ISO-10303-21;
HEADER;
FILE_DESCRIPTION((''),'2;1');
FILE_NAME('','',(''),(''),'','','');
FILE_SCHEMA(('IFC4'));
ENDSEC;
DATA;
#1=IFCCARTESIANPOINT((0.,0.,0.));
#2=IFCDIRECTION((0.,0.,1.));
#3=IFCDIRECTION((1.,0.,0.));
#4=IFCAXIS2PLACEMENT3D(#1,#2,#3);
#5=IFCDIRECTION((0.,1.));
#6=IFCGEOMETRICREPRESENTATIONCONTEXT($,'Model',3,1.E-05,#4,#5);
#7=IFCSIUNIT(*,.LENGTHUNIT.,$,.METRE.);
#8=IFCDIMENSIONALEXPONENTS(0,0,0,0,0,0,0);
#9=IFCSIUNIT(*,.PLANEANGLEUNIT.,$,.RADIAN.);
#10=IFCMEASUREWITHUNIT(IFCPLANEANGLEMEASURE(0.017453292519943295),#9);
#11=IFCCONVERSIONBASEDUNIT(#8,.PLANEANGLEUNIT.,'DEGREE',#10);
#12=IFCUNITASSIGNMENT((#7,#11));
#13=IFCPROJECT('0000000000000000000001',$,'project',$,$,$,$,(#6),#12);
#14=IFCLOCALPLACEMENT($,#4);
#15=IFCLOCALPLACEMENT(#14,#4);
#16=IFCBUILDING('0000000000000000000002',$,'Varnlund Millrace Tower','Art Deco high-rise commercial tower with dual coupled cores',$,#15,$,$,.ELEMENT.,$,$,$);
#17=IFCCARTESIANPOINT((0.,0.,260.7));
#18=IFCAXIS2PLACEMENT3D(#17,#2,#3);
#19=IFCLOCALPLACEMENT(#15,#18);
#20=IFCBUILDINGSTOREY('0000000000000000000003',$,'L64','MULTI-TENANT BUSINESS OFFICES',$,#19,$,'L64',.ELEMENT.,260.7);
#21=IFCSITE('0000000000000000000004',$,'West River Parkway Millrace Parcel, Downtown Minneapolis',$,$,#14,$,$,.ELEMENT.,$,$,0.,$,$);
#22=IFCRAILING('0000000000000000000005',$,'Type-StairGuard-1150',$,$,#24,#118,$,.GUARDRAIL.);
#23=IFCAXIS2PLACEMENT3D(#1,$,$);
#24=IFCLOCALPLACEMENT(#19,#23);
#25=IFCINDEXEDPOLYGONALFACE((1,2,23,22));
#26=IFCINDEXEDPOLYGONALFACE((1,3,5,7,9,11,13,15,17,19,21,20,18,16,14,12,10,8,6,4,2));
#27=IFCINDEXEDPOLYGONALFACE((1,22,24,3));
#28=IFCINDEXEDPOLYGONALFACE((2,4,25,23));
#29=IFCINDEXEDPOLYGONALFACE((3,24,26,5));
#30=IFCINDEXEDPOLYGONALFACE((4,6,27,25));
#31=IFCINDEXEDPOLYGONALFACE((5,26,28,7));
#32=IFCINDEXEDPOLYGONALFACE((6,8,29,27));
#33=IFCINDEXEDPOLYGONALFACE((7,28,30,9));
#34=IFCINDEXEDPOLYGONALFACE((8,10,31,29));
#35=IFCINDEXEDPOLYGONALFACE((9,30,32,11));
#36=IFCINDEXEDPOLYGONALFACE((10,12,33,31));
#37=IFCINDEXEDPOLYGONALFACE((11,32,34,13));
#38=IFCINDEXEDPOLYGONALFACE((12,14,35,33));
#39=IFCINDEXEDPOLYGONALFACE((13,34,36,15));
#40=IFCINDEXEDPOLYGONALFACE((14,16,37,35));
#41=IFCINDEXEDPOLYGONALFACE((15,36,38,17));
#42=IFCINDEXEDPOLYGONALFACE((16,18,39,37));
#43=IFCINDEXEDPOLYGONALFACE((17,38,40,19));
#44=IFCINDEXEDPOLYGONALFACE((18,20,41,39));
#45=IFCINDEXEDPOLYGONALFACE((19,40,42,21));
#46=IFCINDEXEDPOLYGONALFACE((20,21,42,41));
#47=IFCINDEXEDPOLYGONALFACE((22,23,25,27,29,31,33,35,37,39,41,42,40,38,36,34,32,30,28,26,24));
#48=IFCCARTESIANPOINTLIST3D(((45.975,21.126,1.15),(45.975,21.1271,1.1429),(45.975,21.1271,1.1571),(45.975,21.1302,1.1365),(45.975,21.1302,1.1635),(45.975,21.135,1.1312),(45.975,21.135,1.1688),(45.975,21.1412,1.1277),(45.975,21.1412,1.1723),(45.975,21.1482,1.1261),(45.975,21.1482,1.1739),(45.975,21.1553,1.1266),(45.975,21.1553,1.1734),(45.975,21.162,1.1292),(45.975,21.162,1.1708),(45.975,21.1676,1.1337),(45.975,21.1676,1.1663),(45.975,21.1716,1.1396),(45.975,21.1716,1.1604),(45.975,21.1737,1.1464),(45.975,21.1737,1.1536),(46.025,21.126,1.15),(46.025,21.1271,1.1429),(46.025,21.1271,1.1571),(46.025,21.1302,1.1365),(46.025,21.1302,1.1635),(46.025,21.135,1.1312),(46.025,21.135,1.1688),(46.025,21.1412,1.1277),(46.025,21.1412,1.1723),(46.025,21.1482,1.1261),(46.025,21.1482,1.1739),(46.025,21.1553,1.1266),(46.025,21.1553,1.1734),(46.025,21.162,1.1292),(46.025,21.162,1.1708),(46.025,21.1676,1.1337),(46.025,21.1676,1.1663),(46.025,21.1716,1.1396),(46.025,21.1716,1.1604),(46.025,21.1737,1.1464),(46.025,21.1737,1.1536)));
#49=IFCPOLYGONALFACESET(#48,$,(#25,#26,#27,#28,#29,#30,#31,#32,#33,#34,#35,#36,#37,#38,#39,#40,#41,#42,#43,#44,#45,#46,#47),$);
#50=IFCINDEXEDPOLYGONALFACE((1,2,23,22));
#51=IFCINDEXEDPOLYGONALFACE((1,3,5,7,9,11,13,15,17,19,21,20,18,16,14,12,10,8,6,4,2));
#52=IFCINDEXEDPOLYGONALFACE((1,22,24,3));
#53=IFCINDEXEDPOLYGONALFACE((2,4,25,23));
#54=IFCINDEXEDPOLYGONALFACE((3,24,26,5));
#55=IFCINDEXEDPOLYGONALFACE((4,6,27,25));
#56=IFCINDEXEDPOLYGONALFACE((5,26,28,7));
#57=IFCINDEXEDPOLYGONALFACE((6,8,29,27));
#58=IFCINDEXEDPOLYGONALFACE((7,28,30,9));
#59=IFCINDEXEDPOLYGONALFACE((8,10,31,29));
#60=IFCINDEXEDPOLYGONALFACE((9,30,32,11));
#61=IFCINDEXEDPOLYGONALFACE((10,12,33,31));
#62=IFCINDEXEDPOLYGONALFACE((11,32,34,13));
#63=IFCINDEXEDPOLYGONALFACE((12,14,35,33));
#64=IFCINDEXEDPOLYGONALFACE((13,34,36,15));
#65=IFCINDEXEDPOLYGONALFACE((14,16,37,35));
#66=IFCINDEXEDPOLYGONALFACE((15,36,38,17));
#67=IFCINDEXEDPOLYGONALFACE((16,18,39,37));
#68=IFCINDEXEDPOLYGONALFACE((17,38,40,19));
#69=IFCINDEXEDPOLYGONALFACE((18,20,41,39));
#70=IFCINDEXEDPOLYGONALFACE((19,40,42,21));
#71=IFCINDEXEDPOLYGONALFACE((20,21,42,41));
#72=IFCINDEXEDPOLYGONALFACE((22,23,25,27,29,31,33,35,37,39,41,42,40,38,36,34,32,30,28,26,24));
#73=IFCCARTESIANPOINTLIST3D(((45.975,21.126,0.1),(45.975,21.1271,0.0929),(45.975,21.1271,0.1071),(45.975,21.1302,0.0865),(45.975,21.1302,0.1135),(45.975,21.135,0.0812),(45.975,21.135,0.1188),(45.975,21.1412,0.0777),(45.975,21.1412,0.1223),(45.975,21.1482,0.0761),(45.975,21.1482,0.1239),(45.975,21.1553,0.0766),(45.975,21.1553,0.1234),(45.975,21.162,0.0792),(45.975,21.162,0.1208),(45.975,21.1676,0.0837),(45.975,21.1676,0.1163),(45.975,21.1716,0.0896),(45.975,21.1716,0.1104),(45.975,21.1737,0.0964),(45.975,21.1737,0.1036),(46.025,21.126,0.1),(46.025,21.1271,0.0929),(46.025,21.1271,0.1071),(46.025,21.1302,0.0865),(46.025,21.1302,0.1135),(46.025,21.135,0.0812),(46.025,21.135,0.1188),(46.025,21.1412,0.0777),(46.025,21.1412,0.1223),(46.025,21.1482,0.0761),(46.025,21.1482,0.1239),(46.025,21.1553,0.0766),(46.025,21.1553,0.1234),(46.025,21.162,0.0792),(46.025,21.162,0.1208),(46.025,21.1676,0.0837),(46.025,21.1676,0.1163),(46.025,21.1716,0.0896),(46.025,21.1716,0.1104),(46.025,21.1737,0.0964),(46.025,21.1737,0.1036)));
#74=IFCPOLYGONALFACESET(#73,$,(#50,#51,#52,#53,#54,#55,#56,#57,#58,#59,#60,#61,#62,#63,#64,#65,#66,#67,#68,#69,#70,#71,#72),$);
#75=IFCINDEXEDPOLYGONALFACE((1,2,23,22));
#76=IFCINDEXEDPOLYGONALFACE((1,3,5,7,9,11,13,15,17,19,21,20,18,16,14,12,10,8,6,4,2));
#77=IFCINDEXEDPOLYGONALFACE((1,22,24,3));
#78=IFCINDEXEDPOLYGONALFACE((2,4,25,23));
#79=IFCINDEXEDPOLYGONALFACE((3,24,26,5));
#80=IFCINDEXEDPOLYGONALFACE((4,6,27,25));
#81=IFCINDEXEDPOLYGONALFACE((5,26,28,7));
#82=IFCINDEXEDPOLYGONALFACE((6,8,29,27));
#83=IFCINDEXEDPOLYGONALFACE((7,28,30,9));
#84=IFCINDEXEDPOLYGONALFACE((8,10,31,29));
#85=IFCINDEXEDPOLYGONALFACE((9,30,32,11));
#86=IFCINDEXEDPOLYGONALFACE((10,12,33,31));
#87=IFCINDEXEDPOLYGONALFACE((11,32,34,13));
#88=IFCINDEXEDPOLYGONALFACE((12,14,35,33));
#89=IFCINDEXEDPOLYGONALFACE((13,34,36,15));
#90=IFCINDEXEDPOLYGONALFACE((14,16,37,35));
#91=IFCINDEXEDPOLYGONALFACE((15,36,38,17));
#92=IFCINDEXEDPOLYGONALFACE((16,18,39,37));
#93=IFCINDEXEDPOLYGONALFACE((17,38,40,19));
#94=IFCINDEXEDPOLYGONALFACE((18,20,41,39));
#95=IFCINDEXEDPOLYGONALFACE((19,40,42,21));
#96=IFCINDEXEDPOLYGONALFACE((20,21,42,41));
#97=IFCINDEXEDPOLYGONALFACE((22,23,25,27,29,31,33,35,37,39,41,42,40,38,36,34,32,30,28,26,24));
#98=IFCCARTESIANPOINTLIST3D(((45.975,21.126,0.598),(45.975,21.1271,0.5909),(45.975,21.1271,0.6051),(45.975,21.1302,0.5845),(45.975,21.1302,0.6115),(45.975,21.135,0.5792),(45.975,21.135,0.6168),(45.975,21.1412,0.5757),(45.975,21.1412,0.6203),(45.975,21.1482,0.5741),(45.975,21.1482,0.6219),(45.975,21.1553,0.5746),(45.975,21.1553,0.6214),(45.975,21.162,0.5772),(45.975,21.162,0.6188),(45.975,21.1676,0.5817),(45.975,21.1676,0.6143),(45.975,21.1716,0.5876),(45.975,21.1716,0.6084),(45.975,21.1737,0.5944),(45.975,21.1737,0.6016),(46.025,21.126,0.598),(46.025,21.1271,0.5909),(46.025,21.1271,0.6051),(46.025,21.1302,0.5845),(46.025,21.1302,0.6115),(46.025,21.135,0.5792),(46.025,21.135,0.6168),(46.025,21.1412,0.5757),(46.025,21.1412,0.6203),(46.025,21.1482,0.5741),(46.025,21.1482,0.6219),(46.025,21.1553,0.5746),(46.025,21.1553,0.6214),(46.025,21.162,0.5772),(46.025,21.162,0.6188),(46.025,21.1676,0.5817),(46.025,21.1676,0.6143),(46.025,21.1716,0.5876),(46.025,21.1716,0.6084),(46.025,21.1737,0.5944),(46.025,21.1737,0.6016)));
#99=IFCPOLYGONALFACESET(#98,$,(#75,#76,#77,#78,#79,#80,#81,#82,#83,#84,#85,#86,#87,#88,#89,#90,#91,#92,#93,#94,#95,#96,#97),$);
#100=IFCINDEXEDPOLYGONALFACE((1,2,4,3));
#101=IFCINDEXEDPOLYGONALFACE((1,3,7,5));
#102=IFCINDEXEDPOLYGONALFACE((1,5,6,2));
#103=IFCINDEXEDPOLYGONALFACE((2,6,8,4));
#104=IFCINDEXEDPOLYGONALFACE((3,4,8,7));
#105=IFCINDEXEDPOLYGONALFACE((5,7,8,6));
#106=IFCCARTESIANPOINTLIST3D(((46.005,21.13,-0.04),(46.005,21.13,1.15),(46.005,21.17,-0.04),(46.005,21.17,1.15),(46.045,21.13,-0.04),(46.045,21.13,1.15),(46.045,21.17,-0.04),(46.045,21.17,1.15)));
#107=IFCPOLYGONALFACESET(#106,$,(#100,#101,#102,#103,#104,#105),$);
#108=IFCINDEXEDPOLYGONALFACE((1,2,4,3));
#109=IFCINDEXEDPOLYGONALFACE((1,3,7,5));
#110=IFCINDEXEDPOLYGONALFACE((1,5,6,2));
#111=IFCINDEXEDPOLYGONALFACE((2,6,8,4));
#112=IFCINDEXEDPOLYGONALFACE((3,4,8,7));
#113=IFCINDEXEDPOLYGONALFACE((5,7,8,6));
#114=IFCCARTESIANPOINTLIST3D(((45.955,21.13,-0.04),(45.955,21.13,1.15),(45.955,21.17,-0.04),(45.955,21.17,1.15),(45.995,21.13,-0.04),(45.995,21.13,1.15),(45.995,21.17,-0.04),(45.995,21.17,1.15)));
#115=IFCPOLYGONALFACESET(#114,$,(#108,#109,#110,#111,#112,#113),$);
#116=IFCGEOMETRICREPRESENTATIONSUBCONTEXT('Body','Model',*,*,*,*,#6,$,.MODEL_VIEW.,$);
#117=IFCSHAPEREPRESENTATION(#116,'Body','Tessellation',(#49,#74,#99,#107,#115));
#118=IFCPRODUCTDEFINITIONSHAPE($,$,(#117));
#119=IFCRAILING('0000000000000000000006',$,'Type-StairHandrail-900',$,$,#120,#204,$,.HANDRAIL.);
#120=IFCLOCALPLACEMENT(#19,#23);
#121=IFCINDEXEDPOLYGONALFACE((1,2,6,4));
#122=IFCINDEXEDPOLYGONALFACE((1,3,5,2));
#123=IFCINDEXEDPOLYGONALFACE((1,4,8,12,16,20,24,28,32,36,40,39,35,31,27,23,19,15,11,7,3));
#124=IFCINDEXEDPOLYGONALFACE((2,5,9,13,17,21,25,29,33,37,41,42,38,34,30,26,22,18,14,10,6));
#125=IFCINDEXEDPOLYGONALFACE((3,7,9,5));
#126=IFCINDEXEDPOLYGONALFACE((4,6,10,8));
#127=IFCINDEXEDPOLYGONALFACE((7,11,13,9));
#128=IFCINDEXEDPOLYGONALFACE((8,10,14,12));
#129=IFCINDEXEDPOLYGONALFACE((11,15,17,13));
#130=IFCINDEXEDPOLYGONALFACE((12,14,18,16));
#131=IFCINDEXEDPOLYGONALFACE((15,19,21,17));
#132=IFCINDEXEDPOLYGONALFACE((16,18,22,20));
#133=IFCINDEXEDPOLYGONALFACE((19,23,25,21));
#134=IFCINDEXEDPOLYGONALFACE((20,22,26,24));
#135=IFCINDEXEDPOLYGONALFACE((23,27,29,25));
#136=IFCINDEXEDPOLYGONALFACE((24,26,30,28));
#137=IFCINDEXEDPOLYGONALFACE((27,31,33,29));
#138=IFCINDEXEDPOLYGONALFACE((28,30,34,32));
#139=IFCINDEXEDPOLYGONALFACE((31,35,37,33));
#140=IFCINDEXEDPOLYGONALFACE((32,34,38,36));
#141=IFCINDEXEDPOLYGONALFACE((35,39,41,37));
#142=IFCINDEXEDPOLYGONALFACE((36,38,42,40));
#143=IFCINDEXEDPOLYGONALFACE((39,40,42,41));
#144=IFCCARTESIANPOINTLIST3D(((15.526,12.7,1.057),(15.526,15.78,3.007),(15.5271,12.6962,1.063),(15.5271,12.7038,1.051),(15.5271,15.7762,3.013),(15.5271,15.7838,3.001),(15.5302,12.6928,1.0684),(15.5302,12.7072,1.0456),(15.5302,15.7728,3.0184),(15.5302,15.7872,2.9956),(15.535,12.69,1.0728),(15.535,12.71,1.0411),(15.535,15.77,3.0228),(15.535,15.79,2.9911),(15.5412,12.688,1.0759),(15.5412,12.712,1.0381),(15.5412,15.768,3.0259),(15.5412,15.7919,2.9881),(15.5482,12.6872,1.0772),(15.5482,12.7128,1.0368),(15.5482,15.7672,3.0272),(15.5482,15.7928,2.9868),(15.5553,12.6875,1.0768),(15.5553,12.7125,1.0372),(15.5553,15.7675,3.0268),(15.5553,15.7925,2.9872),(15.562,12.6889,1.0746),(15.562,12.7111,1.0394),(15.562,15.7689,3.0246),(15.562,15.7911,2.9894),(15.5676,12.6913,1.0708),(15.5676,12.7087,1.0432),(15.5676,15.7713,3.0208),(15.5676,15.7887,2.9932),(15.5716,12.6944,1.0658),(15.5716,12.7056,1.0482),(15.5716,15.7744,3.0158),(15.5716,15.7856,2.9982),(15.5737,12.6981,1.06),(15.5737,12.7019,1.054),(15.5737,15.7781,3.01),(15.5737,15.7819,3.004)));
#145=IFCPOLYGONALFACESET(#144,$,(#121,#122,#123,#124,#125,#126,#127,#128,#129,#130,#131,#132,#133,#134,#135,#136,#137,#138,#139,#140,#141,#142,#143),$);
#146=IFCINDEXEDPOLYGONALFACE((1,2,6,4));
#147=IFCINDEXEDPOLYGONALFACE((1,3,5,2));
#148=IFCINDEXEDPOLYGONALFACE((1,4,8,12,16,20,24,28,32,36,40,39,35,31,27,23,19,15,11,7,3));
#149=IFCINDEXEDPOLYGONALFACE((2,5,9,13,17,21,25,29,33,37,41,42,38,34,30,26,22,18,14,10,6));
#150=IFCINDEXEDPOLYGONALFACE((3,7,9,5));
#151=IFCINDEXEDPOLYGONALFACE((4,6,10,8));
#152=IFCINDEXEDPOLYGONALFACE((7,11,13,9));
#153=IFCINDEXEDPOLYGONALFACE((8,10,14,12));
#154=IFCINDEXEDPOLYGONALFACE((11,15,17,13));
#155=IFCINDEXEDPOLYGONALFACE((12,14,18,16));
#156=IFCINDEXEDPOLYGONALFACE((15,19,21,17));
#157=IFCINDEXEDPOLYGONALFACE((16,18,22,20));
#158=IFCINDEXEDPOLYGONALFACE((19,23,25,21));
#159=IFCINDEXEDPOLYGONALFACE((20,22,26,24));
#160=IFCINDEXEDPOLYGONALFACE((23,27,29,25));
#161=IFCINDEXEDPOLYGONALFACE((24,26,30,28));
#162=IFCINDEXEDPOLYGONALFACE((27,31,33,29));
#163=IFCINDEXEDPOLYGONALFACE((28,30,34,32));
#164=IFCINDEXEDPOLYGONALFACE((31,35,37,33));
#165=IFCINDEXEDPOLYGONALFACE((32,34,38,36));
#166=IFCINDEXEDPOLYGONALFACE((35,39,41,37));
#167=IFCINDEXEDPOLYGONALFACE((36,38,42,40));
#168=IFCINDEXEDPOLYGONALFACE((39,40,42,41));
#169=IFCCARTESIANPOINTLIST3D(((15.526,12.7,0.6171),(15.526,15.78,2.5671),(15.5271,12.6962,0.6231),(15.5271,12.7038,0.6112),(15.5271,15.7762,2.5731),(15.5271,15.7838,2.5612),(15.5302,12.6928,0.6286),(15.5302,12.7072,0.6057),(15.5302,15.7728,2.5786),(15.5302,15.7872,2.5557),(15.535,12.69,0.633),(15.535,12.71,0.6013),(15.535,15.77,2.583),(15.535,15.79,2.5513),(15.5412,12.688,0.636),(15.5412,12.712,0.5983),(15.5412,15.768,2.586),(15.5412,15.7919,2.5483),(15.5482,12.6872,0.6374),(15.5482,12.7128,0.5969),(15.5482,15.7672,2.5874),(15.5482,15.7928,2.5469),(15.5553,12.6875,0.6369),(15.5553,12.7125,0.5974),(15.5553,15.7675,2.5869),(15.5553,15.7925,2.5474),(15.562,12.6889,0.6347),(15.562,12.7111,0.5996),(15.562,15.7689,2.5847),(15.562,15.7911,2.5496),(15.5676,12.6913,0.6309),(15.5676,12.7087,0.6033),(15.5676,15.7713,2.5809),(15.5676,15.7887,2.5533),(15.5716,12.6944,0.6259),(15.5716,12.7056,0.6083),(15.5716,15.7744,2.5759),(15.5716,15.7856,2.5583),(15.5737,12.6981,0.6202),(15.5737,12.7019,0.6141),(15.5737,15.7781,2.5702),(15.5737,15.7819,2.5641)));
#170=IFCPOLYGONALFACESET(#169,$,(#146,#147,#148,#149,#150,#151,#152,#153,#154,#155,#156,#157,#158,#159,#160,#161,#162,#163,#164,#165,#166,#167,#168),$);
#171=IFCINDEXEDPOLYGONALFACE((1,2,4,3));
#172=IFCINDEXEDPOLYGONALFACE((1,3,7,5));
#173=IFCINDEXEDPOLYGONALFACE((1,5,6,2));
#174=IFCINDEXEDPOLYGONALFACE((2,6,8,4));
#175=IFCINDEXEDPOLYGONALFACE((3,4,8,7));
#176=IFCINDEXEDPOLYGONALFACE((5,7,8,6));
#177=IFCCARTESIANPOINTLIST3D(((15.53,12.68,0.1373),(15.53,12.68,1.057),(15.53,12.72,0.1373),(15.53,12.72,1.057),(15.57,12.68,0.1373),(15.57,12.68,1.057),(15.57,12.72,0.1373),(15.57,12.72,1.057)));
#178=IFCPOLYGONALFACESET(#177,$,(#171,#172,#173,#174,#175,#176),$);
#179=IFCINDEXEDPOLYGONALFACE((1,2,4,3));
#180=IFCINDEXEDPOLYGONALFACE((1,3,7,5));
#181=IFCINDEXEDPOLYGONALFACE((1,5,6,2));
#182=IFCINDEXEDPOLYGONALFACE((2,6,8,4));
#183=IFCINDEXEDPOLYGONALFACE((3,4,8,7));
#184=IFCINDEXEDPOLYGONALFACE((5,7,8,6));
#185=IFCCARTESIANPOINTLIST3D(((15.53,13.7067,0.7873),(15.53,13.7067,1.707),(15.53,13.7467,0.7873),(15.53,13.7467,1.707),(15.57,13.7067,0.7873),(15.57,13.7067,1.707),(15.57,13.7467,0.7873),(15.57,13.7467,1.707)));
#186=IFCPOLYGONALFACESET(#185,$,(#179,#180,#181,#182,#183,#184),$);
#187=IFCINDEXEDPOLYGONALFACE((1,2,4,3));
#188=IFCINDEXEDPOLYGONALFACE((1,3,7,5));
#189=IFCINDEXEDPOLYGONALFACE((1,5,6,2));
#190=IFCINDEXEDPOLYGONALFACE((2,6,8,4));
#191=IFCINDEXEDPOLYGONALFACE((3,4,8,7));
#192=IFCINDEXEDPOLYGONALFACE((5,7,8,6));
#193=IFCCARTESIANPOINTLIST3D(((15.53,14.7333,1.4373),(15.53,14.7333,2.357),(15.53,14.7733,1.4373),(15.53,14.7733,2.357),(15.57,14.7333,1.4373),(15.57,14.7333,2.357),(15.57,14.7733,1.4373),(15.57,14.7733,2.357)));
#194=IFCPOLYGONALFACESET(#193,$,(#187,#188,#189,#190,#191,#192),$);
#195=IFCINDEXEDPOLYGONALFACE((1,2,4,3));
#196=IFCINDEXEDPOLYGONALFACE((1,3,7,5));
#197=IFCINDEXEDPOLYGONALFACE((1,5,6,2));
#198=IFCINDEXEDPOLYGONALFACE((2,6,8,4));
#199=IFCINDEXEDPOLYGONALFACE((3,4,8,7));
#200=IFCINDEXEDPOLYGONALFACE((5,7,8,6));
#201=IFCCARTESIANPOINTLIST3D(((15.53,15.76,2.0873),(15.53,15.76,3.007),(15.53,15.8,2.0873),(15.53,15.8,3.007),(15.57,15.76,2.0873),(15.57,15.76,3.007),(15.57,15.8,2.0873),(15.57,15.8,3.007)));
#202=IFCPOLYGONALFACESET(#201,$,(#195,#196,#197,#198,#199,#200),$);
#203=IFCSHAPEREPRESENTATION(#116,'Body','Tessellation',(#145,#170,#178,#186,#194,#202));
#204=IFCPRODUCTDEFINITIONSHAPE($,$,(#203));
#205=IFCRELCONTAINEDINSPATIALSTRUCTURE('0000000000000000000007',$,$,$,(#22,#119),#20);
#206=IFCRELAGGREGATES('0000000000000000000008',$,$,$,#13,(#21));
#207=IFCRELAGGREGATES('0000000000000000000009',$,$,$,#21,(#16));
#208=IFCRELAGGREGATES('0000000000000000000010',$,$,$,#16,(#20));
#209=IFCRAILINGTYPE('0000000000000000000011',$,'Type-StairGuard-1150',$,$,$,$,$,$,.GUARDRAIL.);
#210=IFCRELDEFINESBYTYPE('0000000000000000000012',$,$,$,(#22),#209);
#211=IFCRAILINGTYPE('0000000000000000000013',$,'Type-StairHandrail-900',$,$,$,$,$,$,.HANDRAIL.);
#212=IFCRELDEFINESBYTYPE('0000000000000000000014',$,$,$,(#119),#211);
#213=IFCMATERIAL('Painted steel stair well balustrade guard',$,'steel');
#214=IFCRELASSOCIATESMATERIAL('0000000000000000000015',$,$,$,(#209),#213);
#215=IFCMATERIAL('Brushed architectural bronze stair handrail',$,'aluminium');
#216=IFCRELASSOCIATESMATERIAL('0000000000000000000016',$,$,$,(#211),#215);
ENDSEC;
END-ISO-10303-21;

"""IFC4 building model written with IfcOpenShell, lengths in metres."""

from ifc_helpers import new_model, entity, si_unit, converted_unit, direction, frame, origin_with_axes, origin_2d_with_axis, place, context, subcontext, project, spatial, rectangle, circle, extrude, material, type_object, element, save


model = new_model("IFC4")

# Units and contexts
model_context = context("Model", 3, precision=1e-05, world=origin_with_axes(), true_north=direction((0.0, 1.0)))
body_context = subcontext(model_context, "Body", "Model", "MODEL_VIEW")
ifc_project = project(units=[si_unit("LENGTHUNIT", "METRE"), converted_unit("PLANEANGLEUNIT", "DEGREE", entity("IfcPlaneAngleMeasure", 0.017453292519943295), si_unit("PLANEANGLEUNIT", "RADIAN"), dimensions=[0, 0, 0, 0, 0, 0, 0])], contexts=[model_context])

# Site, building, storey
site_placement = place(None, origin_with_axes())
site = spatial("IfcSite", under=ifc_project, at=site_placement, Name="West River Parkway Millrace Parcel, Downtown Minneapolis", CompositionType="ELEMENT", RefElevation=0.0)
building_placement = place(site_placement, origin_with_axes())
building = spatial("IfcBuilding", under=site, at=building_placement, Name="Varnlund Millrace Tower", Description="Art Deco high-rise commercial tower with dual coupled cores", CompositionType="ELEMENT")
storey_placement = place(building_placement, frame((0.0, 0.0, 260.7), z_axis=(0.0, 0.0, 1.0), x_axis=(1.0, 0.0, 0.0)))
storey = spatial("IfcBuildingStorey", under=building, at=storey_placement, Name="L64", Description="MULTI-TENANT BUSINESS OFFICES", LongName="L64", CompositionType="ELEMENT", Elevation=260.7)

# Railings
ifc_material_1 = material(Name="Painted steel stair well balustrade guard", Category="steel")
railing_type_1 = type_object("IfcRailingType", Name="Type-StairGuard-1150", PredefinedType="GUARDRAIL", material=ifc_material_1)
railing_1_placement = place(storey_placement, frame((0.0, 0.0, -260.7), z_axis=(0.0, 0.0, 1.0), x_axis=(1.0, 0.0, 0.0)))
element("IfcRailing", 1, at=railing_1_placement, inside=storey, type_object=railing_type_1, Name="Type-StairGuard-1150", PredefinedType="GUARDRAIL", context=body_context, shape_type="SweptSolid", body=[
    extrude(circle(Radius=0.024, at=origin_2d_with_axis()), frame((46.025, 21.15, 261.85), z_axis=(-1.0, 0.0, 0.0), x_axis=(0.0, -1.0, 0.0)), (0.0, 0.0, 1.0), 0.05),
    extrude(circle(Radius=0.024, at=origin_2d_with_axis()), frame((46.025, 21.15, 260.8), z_axis=(-1.0, 0.0, 0.0), x_axis=(0.0, -1.0, 0.0)), (0.0, 0.0, 1.0), 0.05),
    extrude(circle(Radius=0.024, at=origin_2d_with_axis()), frame((46.025, 21.15, 261.298), z_axis=(-1.0, 0.0, 0.0), x_axis=(0.0, -1.0, 0.0)), (0.0, 0.0, 1.0), 0.05),
    extrude(rectangle(XDim=0.04, YDim=0.04, at=origin_2d_with_axis()), frame((46.025, 21.15, 260.66), z_axis=(0.0, 0.0, 1.0), x_axis=(1.0, 0.0, 0.0)), (0.0, 0.0, 1.0), 1.19),
    extrude(rectangle(XDim=0.04, YDim=0.04, at=origin_2d_with_axis()), frame((45.975, 21.15, 260.66), z_axis=(0.0, 0.0, 1.0), x_axis=(1.0, 0.0, 0.0)), (0.0, 0.0, 1.0), 1.19),
])
ifc_material_2 = material(Name="Brushed architectural bronze stair handrail", Category="aluminium")
railing_type_2 = type_object("IfcRailingType", Name="Type-StairHandrail-900", PredefinedType="HANDRAIL", material=ifc_material_2)
railing_2_placement = place(storey_placement, frame((0.0, 0.0, -260.7), z_axis=(0.0, 0.0, 1.0), x_axis=(1.0, 0.0, 0.0)))
element("IfcRailing", 2, at=railing_2_placement, inside=storey, type_object=railing_type_2, Name="Type-StairHandrail-900", PredefinedType="HANDRAIL", context=body_context, shape_type="SweptSolid", body=[
    extrude(circle(Radius=0.024, at=origin_2d_with_axis()), frame((15.55, 12.7, 261.757), z_axis=(0.0, 0.844902, 0.534922), x_axis=(-1.0, 0.0, 0.0)), (0.0, 0.0, 1.0), 3.6454),
    extrude(circle(Radius=0.024, at=origin_2d_with_axis()), frame((15.55, 12.7, 261.3171), z_axis=(0.0, 0.844902, 0.534922), x_axis=(-1.0, 0.0, 0.0)), (0.0, 0.0, 1.0), 3.6454),
    extrude(rectangle(XDim=0.04, YDim=0.04, at=origin_2d_with_axis()), frame((15.55, 12.7, 260.8373), z_axis=(0.0, 0.0, 1.0), x_axis=(1.0, 0.0, 0.0)), (0.0, 0.0, 1.0), 0.9197),
    extrude(rectangle(XDim=0.04, YDim=0.04, at=origin_2d_with_axis()), frame((15.55, 13.7267, 261.4873), z_axis=(0.0, 0.0, 1.0), x_axis=(1.0, 0.0, 0.0)), (0.0, 0.0, 1.0), 0.9197),
    extrude(rectangle(XDim=0.04, YDim=0.04, at=origin_2d_with_axis()), frame((15.55, 14.7533, 262.1373), z_axis=(0.0, 0.0, 1.0), x_axis=(1.0, 0.0, 0.0)), (0.0, 0.0, 1.0), 0.9197),
    extrude(rectangle(XDim=0.04, YDim=0.04, at=origin_2d_with_axis()), frame((15.55, 15.78, 262.7873), z_axis=(0.0, 0.0, 1.0), x_axis=(1.0, 0.0, 0.0)), (0.0, 0.0, 1.0), 0.9197),
])

save(model, "model.ifc")
